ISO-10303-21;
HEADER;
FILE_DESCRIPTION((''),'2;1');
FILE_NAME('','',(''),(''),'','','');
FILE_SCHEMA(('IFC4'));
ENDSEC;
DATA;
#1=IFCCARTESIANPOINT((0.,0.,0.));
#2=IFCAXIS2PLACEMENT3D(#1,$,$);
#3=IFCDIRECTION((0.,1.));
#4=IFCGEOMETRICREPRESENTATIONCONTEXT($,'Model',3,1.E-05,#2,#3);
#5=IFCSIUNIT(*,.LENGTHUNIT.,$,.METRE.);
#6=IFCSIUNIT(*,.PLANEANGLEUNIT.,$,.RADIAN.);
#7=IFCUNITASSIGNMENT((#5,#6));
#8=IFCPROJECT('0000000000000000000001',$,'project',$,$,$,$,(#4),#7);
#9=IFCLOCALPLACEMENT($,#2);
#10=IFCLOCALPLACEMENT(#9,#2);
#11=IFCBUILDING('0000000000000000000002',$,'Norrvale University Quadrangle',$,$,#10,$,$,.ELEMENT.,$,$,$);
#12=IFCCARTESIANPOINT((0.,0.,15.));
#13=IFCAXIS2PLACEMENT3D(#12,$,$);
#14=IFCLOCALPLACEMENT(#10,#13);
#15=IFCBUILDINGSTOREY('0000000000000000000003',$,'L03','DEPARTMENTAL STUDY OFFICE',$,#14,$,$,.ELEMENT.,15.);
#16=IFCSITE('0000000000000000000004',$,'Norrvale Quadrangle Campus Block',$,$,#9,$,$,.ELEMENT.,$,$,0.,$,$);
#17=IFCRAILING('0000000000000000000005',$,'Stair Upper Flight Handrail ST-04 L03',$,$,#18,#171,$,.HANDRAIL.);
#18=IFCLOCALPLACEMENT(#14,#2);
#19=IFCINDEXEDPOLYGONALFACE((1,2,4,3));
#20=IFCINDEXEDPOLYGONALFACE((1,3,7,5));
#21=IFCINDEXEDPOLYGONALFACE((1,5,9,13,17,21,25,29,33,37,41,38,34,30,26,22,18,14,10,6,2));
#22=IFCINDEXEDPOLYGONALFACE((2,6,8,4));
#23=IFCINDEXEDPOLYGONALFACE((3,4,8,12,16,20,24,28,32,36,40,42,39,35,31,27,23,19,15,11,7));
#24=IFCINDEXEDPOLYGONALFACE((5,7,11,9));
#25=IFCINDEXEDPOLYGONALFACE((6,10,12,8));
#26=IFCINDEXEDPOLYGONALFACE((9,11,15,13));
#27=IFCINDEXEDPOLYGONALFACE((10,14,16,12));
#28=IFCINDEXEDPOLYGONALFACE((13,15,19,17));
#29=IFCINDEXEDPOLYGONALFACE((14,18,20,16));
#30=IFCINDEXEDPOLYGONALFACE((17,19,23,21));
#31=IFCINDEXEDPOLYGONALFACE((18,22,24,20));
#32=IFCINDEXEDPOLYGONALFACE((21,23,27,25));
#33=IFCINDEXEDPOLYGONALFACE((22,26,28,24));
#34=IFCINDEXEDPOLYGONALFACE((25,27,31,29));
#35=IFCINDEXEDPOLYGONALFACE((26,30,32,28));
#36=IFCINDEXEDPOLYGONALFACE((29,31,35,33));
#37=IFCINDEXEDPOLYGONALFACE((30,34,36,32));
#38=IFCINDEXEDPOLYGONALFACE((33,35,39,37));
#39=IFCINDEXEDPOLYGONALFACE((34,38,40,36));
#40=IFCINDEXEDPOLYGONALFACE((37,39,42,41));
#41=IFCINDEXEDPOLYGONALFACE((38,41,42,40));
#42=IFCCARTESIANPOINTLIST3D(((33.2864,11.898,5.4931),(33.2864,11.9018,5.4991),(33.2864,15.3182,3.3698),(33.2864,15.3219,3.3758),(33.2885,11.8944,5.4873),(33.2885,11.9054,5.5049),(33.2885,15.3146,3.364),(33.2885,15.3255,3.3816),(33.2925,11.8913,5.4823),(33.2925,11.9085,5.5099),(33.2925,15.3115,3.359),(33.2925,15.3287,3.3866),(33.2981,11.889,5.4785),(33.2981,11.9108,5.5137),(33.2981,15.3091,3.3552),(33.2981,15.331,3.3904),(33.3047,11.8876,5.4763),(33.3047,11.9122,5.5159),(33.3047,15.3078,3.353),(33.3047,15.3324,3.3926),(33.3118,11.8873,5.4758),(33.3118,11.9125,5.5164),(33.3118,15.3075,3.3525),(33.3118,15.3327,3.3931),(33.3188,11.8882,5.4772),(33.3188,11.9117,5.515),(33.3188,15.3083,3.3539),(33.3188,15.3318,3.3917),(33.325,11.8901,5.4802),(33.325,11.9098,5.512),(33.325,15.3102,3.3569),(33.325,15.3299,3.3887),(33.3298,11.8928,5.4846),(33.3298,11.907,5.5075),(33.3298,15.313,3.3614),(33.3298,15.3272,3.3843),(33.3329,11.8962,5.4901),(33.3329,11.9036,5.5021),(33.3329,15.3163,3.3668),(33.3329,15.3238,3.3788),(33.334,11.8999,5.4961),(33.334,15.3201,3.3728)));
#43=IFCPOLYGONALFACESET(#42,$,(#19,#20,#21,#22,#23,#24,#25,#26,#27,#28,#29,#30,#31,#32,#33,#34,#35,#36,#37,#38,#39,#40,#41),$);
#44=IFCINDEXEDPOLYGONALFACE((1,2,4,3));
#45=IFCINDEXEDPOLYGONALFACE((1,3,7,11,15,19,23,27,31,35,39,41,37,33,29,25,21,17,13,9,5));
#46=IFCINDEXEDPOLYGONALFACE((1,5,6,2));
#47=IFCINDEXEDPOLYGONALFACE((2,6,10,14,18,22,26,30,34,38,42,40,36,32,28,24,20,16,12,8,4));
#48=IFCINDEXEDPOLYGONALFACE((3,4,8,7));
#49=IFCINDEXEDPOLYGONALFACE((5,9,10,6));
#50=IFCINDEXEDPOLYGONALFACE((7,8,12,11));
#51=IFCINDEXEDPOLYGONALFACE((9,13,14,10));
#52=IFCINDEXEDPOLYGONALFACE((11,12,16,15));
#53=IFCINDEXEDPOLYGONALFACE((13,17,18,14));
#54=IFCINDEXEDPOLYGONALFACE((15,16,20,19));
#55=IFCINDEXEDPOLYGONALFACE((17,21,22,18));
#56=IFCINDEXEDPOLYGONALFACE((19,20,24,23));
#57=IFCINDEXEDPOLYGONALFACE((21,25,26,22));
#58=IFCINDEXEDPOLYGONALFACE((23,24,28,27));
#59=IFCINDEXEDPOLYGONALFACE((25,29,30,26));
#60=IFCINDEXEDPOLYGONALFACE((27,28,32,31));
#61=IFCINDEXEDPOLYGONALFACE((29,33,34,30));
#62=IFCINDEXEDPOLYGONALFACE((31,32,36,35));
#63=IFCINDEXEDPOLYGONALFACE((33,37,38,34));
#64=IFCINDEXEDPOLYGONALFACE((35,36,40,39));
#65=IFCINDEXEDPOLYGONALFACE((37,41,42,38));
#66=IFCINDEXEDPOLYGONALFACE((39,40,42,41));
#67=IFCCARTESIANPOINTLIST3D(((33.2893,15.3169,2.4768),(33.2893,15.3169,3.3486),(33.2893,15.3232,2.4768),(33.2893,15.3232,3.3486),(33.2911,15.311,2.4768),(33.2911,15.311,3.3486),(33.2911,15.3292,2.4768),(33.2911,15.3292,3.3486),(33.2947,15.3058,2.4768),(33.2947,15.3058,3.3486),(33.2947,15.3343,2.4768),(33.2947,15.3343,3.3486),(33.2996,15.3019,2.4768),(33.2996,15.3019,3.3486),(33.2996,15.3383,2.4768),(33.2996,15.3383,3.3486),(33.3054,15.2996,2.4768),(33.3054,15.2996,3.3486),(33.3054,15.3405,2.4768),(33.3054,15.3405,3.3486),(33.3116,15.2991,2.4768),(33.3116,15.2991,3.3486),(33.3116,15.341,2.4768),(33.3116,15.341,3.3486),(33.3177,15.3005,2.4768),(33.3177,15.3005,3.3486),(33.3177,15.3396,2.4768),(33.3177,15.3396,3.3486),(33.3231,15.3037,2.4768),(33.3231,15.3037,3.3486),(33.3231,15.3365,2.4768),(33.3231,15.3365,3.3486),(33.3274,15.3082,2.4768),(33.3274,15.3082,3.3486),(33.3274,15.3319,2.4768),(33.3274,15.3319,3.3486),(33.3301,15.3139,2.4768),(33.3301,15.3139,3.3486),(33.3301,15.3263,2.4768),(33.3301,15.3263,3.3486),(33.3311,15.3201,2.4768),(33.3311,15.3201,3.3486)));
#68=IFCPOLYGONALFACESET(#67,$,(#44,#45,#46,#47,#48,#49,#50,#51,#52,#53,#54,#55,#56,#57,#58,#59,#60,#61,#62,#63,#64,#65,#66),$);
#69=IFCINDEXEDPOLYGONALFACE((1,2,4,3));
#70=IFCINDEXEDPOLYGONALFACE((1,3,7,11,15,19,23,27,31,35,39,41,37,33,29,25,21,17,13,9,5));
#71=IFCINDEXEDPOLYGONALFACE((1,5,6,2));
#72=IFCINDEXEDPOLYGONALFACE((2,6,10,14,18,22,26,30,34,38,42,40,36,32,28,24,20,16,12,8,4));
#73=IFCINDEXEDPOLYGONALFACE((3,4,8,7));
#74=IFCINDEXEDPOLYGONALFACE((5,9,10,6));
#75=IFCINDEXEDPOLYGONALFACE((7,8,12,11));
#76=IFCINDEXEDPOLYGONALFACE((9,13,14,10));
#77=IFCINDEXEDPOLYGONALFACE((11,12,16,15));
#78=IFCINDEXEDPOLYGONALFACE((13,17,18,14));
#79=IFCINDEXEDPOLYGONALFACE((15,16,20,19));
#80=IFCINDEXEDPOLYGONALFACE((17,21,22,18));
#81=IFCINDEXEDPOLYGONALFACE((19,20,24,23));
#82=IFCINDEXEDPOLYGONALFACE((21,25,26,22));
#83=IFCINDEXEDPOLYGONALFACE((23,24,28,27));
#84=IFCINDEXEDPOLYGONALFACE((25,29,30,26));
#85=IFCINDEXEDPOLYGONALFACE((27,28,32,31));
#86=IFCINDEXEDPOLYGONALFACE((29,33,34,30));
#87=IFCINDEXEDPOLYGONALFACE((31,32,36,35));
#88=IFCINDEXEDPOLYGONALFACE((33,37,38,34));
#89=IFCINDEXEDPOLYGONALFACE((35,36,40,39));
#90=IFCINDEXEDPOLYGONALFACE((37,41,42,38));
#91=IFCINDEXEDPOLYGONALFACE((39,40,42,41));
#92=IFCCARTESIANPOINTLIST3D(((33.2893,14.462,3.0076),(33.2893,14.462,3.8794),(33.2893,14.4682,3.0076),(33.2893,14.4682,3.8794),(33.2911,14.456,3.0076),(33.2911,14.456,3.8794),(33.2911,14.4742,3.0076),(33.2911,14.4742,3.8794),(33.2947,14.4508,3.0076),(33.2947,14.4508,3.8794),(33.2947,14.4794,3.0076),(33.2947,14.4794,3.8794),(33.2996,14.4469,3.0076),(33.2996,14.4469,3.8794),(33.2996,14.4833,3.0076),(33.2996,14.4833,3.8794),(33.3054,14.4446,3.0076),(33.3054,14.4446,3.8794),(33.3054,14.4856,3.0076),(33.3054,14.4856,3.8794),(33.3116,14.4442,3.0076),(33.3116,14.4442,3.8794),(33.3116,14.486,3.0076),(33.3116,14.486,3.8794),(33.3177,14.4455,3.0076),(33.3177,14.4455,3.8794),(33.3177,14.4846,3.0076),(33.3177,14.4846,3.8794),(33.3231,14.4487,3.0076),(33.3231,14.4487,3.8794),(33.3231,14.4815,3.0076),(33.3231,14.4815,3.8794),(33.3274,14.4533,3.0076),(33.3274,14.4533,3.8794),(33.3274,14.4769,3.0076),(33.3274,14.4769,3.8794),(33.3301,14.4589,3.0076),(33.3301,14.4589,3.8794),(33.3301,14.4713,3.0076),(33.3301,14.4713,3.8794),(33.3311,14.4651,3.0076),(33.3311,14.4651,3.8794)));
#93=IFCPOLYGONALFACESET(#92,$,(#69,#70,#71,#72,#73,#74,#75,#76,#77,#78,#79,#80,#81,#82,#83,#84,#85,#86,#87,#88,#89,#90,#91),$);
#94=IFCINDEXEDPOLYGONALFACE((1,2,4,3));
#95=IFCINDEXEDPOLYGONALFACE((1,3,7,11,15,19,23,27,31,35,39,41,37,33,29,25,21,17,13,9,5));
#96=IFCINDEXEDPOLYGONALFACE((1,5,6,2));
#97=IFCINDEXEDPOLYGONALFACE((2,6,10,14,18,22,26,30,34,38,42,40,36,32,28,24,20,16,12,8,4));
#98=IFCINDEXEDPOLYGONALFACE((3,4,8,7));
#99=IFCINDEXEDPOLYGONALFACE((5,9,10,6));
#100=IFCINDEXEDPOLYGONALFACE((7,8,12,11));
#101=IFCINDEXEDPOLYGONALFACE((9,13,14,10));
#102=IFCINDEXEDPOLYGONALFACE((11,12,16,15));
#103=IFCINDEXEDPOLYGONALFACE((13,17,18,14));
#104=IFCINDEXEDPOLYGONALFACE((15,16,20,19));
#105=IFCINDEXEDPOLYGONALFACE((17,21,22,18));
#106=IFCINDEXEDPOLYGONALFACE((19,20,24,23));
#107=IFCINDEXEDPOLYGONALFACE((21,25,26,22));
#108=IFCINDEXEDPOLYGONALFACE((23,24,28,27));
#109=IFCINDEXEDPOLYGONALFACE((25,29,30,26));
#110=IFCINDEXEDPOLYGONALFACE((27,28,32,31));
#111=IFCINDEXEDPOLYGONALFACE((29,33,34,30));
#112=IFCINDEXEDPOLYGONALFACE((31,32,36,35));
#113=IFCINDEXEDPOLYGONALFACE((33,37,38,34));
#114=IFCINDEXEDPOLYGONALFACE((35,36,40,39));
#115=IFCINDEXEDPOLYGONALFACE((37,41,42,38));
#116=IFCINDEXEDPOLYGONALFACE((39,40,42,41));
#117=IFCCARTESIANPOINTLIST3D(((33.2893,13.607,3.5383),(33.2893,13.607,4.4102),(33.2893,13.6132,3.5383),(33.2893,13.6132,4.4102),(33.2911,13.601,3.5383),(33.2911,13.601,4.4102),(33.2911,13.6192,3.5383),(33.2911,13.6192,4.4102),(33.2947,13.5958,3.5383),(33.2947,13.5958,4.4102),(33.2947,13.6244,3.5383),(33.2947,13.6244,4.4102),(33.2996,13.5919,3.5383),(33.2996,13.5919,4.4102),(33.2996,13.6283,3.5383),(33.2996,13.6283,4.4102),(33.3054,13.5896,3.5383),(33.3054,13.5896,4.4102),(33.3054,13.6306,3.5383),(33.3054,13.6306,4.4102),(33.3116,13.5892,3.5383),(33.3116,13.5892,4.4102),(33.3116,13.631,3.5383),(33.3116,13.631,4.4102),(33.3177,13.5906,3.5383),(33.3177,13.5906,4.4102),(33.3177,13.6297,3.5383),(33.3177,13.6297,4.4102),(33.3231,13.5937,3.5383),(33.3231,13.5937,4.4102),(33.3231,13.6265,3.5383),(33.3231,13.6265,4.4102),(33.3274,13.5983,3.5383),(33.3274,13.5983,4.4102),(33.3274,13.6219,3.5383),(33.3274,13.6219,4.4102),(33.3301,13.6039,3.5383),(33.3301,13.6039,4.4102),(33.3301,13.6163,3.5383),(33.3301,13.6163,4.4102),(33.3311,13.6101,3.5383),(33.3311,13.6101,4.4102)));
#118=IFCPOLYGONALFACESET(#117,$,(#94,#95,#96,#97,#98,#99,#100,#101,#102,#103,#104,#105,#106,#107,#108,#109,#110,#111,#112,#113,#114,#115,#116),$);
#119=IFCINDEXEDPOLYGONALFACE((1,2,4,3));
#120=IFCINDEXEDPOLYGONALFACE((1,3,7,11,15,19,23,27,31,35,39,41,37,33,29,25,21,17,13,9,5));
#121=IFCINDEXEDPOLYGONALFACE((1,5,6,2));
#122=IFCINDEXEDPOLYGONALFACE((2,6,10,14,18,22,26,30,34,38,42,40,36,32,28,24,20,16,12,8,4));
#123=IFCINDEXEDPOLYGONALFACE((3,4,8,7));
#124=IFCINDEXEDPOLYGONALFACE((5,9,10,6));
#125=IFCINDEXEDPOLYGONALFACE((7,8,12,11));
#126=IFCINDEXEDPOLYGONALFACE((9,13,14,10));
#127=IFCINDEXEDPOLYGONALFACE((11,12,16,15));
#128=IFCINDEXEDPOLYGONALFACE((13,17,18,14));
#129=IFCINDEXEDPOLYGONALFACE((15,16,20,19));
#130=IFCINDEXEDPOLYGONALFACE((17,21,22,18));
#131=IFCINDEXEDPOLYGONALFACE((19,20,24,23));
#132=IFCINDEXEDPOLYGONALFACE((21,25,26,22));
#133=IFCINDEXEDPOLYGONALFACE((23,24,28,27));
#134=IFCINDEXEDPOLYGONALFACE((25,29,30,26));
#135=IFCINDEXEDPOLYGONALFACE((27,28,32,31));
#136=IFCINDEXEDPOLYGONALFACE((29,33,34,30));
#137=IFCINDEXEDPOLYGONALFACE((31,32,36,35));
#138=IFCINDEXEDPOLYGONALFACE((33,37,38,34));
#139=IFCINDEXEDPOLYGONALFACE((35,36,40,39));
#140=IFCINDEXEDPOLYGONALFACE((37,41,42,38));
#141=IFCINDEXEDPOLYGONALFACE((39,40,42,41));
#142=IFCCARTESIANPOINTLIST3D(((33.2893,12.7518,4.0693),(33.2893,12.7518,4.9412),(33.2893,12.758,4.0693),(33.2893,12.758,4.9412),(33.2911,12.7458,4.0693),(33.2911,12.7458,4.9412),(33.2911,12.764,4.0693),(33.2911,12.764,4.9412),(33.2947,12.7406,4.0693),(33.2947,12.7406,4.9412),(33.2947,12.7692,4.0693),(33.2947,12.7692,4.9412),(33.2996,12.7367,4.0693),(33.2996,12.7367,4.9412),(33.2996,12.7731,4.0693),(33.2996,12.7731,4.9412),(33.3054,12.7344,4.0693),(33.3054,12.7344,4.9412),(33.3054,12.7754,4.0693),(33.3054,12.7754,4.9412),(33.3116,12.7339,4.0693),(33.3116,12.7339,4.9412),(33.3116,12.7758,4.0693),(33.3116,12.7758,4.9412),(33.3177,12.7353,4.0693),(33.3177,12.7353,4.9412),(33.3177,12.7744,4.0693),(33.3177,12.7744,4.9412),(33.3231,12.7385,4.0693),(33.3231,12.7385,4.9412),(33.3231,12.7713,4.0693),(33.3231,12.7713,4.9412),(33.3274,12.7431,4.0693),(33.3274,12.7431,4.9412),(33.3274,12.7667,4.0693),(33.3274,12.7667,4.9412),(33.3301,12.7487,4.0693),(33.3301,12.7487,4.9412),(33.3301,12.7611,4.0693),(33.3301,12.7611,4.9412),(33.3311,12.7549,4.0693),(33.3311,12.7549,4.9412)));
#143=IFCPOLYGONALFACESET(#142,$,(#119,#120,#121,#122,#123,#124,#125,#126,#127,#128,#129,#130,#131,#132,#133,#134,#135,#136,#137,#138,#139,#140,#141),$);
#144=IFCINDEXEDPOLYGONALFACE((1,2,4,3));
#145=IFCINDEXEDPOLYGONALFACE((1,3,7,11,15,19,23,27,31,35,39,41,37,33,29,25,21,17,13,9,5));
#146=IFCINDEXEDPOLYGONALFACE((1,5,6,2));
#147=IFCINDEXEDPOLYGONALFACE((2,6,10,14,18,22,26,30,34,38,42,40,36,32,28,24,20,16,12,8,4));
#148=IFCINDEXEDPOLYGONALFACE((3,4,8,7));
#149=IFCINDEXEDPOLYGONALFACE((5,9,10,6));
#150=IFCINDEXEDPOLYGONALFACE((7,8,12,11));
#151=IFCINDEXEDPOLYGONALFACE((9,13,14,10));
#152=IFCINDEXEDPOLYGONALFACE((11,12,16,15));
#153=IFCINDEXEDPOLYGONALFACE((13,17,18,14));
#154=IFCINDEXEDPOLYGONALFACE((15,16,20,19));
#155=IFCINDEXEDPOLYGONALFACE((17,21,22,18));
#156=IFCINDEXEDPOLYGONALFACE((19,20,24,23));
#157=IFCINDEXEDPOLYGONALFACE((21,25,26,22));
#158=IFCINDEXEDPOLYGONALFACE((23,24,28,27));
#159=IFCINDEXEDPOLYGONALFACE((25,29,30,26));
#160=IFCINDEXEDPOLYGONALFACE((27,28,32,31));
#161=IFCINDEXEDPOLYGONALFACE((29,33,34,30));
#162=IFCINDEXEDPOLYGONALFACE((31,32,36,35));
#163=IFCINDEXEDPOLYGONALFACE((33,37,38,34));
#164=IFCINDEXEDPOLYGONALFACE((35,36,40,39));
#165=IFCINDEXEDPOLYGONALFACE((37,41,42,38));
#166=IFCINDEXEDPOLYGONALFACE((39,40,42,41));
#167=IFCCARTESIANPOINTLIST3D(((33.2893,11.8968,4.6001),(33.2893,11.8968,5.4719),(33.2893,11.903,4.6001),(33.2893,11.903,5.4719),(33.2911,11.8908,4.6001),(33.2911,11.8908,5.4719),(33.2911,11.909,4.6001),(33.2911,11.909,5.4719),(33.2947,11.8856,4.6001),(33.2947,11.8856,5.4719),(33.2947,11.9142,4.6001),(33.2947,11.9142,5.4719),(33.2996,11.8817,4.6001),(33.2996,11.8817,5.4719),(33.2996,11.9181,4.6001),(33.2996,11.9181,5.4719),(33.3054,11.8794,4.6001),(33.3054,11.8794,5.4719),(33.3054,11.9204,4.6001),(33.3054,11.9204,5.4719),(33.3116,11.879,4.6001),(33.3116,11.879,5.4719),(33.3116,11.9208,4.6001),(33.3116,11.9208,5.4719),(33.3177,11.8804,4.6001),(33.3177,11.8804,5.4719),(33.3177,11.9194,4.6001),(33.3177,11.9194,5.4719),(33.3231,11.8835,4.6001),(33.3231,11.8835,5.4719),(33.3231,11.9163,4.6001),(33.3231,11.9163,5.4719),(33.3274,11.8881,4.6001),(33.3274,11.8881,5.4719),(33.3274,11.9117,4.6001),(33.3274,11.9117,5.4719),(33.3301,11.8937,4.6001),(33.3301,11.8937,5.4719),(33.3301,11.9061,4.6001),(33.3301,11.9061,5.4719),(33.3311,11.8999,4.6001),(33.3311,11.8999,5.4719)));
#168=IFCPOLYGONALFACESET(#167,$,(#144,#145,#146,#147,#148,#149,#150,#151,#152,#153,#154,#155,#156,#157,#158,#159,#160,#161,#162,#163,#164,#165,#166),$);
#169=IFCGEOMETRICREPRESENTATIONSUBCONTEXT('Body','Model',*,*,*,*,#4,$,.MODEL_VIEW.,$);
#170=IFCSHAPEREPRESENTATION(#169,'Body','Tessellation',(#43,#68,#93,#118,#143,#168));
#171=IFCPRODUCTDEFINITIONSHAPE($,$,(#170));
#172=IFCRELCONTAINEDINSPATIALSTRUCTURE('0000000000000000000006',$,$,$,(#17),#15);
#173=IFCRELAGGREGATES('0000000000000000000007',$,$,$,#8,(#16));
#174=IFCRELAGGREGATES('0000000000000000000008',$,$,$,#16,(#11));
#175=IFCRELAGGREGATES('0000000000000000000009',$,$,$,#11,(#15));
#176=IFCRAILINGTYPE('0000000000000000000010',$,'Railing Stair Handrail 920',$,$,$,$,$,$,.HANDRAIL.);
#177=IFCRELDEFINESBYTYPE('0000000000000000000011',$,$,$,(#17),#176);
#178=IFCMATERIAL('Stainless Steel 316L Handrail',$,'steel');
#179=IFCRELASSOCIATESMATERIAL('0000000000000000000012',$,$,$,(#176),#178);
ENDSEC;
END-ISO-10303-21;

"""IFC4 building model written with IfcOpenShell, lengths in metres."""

from ifc_helpers import new_model, si_unit, direction, frame, origin, origin_2d, place, context, subcontext, project, spatial, circle, extrude, material, type_object, element, save


model = new_model("IFC4")

# Units and contexts
model_context = context("Model", 3, precision=1e-05, world=origin(), true_north=direction((0.0, 1.0)))
body_context = subcontext(model_context, "Body", "Model", "MODEL_VIEW")
ifc_project = project(units=[si_unit("LENGTHUNIT", "METRE"), si_unit("PLANEANGLEUNIT", "RADIAN")], contexts=[model_context])

# Site, building, storey
site_placement = place(None, origin())
site = spatial("IfcSite", under=ifc_project, at=site_placement, Name="Norrvale Quadrangle Campus Block", CompositionType="ELEMENT", RefElevation=0.0)
building_placement = place(site_placement, origin())
building = spatial("IfcBuilding", under=site, at=building_placement, Name="Norrvale University Quadrangle", CompositionType="ELEMENT")
storey_placement = place(building_placement, frame((0.0, 0.0, 15.0)))
storey = spatial("IfcBuildingStorey", under=building, at=storey_placement, Name="L03", Description="DEPARTMENTAL STUDY OFFICE", CompositionType="ELEMENT", Elevation=15.0)

# Railing
ifc_material_1 = material(Name="Stainless Steel 316L Handrail", Category="steel")
railing_type_1 = type_object("IfcRailingType", Name="Railing Stair Handrail 920", PredefinedType="HANDRAIL", material=ifc_material_1)
railing_1_placement = place(storey_placement, frame((33.3101, 15.3201, 2.4768)))
element("IfcRailing", 1, at=railing_1_placement, inside=storey, type_object=railing_type_1, Name="Stair Upper Flight Handrail ST-04 L03", PredefinedType="HANDRAIL", context=body_context, shape_type="SweptSolid", body=[
    extrude(circle(Radius=0.0239, at=origin_2d()), frame((0.0, 0.0, 0.896), z_axis=(0.0, -0.849592, 0.52744), x_axis=(1.0, 0.0, 0.0)), (0.0, 0.0, 1.0), 4.0256),
    extrude(circle(Radius=0.021, at=origin_2d()), origin(), (0.0, 0.0, 1.0), 0.8718),
    extrude(circle(Radius=0.021, at=origin_2d()), frame((0.0, -0.855, 0.5308)), (0.0, 0.0, 1.0), 0.8718),
    extrude(circle(Radius=0.021, at=origin_2d()), frame((0.0, -1.71, 1.0615)), (0.0, 0.0, 1.0), 0.8718),
    extrude(circle(Radius=0.021, at=origin_2d()), frame((0.0, -2.5652, 1.5925)), (0.0, 0.0, 1.0), 0.8718),
    extrude(circle(Radius=0.021, at=origin_2d()), frame((0.0, -3.4202, 2.1233)), (0.0, 0.0, 1.0), 0.8718),
])

save(model, "model.ifc")
